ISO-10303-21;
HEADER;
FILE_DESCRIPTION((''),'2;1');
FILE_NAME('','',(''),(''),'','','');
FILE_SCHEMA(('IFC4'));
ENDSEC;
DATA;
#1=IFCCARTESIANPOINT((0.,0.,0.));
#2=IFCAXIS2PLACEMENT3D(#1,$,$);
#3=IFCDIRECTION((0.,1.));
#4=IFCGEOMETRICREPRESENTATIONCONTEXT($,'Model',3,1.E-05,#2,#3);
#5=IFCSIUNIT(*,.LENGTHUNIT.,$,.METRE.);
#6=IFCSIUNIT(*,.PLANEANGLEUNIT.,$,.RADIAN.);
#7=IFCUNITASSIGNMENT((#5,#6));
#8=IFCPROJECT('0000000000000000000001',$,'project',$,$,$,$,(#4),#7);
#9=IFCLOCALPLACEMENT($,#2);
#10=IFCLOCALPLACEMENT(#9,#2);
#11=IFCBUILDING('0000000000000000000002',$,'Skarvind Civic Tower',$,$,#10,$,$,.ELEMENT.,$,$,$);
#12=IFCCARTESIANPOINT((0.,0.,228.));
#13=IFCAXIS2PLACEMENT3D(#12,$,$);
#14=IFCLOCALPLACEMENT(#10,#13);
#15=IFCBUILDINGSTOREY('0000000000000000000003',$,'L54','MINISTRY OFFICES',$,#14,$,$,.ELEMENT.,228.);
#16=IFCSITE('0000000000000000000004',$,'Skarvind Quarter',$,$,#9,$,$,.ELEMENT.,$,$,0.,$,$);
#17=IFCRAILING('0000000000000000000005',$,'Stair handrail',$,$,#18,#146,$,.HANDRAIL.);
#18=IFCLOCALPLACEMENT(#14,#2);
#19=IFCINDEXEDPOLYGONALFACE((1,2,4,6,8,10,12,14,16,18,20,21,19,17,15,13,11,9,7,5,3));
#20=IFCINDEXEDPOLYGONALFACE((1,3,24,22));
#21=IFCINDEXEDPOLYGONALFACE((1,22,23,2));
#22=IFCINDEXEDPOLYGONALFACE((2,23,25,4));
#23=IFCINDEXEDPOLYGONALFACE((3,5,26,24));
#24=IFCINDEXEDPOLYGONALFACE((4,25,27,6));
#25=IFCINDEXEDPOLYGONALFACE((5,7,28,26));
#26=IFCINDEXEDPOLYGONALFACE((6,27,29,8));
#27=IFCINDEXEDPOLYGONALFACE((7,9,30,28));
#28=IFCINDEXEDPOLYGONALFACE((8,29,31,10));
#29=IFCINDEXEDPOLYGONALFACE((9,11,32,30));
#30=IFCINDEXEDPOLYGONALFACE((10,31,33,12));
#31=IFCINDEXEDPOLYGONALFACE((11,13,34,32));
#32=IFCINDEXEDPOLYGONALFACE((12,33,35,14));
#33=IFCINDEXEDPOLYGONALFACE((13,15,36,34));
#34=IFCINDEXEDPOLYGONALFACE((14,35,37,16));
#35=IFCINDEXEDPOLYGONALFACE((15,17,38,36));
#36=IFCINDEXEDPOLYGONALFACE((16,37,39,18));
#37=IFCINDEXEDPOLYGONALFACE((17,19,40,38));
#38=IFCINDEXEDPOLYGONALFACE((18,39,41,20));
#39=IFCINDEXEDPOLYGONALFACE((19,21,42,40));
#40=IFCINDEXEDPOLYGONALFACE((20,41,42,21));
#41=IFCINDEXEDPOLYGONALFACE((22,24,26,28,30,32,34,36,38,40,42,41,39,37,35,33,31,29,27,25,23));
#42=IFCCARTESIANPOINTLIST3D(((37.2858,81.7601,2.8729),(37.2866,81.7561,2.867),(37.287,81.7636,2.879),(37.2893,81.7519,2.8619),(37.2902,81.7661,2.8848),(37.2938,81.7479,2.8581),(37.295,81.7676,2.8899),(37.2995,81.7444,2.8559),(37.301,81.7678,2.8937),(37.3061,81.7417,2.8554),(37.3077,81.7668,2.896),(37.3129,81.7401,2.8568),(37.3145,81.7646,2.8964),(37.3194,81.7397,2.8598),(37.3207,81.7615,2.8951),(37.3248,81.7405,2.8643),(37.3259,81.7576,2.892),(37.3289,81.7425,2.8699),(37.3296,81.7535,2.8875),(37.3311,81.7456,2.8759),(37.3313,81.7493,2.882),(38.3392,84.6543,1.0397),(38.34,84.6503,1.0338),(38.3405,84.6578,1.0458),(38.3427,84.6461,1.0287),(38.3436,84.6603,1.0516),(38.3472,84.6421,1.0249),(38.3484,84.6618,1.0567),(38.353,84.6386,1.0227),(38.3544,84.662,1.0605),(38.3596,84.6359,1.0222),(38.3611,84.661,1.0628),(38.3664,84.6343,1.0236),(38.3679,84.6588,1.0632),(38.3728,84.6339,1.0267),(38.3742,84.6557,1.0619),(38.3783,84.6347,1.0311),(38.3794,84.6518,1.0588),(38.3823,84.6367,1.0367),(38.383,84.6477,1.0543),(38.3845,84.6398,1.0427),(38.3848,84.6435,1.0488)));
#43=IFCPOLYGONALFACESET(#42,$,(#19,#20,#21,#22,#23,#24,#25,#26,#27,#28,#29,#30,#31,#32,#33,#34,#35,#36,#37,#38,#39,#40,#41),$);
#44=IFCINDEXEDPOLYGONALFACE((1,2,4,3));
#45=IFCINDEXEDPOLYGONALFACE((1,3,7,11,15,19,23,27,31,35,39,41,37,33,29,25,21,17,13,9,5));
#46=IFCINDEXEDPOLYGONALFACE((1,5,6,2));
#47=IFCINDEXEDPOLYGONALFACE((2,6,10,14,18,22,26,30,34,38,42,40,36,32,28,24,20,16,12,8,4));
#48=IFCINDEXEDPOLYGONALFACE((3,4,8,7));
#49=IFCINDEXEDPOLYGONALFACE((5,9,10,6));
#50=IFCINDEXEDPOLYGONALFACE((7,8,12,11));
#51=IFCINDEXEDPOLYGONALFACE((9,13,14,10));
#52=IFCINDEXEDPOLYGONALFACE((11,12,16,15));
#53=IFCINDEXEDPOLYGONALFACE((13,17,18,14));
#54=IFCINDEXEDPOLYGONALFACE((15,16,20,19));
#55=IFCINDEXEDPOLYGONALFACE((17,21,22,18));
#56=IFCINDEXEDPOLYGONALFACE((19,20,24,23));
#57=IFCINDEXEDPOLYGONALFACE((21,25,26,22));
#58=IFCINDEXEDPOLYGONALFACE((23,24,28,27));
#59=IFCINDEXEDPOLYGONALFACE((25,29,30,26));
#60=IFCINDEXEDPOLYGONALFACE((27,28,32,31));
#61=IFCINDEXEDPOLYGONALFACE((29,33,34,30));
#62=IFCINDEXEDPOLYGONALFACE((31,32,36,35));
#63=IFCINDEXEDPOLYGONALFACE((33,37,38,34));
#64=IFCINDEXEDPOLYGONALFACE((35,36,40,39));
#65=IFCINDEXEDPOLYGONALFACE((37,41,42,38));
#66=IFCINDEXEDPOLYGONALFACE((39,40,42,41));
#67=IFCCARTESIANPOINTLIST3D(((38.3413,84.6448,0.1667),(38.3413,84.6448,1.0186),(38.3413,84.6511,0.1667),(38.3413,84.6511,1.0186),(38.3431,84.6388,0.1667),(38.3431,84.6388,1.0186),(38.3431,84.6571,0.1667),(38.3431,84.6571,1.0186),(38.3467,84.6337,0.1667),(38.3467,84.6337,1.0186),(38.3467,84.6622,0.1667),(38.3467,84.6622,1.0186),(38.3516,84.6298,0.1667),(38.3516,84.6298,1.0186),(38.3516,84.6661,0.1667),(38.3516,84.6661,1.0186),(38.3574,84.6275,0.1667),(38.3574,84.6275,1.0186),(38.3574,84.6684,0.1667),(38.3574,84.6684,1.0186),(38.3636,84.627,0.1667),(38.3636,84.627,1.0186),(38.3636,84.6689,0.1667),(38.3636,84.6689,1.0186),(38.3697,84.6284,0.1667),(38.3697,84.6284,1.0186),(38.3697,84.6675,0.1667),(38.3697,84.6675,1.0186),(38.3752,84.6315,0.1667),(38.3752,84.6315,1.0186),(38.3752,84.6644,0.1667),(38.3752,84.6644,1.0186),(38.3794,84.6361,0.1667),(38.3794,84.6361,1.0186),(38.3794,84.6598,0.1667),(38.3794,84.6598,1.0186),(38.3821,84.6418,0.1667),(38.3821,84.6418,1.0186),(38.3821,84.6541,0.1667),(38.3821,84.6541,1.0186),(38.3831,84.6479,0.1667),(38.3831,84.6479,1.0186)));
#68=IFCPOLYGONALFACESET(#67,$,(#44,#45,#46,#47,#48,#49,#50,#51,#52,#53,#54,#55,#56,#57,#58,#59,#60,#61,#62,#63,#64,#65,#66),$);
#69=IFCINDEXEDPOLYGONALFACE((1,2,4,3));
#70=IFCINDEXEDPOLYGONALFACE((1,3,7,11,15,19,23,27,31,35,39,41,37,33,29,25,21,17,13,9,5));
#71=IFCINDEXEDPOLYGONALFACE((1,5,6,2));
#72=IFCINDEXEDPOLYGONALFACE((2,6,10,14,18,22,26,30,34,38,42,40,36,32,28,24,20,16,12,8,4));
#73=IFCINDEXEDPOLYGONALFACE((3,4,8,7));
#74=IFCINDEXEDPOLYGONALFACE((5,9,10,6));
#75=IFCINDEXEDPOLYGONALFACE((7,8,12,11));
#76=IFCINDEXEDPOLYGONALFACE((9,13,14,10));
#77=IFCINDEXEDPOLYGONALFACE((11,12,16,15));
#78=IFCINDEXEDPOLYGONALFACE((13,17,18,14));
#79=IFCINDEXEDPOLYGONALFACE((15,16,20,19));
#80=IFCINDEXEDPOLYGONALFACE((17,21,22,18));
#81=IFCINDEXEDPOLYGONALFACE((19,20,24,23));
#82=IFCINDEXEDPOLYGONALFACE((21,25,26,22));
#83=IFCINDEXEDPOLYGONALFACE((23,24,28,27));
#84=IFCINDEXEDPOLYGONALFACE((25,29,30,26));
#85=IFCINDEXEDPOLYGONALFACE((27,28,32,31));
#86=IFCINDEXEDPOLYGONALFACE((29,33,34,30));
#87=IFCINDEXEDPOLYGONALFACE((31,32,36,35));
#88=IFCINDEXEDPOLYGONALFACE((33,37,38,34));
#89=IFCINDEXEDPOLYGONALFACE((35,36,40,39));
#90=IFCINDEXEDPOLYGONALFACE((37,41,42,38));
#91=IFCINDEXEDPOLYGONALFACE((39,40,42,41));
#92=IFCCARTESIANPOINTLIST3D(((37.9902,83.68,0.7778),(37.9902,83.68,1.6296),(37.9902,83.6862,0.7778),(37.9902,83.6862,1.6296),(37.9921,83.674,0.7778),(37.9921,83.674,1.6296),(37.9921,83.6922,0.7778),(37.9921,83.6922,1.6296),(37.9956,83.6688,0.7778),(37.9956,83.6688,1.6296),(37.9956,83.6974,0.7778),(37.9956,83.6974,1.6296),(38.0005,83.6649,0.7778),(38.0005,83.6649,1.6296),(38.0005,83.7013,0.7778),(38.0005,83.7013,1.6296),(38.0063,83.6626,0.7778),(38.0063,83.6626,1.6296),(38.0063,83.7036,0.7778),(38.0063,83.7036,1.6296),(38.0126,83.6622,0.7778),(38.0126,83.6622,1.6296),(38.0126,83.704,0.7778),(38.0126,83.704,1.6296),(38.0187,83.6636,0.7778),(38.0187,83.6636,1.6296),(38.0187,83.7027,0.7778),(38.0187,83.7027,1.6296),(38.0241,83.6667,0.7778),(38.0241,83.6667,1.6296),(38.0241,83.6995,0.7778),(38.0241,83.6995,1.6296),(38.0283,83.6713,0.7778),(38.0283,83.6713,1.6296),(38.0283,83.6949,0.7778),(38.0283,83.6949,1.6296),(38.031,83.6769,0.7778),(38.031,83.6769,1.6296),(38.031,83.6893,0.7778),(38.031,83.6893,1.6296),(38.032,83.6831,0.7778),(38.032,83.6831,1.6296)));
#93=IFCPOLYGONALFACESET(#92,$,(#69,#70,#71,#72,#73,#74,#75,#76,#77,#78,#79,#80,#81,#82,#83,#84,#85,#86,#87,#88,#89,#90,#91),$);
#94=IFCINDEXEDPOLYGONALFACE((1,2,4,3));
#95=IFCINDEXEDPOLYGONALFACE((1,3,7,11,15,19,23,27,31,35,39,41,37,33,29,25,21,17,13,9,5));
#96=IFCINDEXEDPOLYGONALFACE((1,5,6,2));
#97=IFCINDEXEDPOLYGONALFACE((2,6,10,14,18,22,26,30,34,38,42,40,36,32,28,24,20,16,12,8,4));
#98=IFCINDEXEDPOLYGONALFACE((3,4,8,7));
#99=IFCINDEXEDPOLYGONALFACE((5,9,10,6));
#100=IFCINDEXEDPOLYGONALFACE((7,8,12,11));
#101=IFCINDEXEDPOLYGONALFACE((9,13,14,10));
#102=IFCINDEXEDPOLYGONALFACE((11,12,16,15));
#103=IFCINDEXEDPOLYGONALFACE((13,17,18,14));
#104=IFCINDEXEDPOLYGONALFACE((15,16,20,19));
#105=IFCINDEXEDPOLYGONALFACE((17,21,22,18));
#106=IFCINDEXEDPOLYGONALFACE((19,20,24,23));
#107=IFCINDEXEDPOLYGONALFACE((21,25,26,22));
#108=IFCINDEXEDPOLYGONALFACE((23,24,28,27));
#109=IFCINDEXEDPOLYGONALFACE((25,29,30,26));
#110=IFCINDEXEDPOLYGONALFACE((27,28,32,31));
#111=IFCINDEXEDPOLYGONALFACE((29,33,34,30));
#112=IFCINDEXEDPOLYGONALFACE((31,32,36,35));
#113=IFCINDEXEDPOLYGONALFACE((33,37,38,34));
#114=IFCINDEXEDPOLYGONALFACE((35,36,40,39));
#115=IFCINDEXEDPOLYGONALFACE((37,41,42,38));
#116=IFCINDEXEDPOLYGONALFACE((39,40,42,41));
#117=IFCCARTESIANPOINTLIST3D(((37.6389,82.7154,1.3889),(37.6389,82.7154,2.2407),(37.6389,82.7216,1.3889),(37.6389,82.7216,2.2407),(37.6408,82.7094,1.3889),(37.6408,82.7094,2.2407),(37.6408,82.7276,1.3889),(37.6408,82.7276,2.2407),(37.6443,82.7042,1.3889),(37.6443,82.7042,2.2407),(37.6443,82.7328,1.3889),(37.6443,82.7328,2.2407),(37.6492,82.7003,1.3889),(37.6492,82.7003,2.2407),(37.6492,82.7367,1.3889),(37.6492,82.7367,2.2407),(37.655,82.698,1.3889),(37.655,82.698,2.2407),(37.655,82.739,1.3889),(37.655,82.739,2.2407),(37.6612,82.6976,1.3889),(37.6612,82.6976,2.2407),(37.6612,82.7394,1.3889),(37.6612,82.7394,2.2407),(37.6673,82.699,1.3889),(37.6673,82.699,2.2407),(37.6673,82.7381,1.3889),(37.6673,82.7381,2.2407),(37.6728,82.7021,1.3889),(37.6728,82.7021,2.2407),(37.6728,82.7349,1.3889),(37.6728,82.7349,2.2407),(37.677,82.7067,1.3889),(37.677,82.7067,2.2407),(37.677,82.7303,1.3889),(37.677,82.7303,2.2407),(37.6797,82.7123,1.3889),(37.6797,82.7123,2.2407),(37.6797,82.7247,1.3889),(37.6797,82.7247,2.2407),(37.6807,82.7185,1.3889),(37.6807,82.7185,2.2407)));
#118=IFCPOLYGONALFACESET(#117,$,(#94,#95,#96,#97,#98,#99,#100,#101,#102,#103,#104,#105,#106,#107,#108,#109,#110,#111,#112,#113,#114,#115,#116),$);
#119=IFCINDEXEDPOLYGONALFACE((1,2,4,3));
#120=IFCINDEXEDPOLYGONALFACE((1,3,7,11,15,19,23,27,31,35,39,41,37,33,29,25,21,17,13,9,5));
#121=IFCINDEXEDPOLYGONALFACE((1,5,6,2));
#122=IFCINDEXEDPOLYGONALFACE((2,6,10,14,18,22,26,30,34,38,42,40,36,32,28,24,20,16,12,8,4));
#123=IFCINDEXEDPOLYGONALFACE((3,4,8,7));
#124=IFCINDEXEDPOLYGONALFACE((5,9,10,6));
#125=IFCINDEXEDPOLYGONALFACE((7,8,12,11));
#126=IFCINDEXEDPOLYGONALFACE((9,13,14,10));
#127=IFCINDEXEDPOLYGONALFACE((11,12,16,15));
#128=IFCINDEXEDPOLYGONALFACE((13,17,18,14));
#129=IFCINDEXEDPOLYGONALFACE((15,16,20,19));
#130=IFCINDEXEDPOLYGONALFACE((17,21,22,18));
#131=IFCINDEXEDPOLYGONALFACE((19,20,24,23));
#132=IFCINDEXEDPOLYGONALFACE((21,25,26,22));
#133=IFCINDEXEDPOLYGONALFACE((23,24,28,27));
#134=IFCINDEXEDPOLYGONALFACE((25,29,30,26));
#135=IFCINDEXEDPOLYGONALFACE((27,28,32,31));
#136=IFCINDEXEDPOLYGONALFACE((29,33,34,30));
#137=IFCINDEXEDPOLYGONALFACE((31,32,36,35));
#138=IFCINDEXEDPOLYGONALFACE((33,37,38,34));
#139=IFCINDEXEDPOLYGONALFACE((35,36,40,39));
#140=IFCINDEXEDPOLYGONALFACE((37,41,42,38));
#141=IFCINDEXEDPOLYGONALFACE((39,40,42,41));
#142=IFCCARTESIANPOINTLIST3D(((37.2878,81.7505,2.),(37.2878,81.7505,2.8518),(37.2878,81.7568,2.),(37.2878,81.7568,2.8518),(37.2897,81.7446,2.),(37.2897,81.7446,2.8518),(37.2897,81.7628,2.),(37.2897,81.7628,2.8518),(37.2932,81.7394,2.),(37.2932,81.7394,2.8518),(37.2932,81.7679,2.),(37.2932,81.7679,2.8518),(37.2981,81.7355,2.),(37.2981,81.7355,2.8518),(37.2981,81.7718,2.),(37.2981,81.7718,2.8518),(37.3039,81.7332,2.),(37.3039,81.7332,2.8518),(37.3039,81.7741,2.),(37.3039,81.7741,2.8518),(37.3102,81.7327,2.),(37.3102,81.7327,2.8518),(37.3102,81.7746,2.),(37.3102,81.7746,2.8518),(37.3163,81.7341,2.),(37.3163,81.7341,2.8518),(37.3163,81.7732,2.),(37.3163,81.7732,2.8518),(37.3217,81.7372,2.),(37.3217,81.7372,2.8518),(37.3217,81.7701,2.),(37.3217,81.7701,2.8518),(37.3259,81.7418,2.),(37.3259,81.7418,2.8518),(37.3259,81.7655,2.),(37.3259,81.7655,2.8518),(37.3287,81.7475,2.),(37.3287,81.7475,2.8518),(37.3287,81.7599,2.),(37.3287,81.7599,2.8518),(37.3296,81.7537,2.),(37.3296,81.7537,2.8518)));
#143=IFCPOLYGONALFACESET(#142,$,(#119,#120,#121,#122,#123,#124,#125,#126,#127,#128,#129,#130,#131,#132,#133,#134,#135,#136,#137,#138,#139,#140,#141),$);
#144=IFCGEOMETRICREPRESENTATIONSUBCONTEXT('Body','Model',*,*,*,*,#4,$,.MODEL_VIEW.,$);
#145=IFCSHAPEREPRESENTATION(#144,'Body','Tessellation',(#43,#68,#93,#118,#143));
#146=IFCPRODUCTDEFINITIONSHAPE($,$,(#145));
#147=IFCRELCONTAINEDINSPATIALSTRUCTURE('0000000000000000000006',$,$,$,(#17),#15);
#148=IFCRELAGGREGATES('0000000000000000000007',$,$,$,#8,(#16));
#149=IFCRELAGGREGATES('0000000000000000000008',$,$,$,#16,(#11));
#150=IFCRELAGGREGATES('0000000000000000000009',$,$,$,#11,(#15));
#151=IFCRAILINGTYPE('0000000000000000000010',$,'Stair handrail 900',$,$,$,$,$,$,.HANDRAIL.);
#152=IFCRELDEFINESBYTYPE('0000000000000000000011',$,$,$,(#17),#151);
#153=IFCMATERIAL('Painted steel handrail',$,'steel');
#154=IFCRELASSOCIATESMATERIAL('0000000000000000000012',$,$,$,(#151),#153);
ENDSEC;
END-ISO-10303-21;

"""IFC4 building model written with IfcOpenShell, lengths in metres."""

from ifc_helpers import new_model, si_unit, direction, frame, origin, origin_2d, place, context, subcontext, project, spatial, circle, extrude, material, type_object, element, save


model = new_model("IFC4")

# Units and contexts
model_context = context("Model", 3, precision=1e-05, world=origin(), true_north=direction((0.0, 1.0)))
body_context = subcontext(model_context, "Body", "Model", "MODEL_VIEW")
ifc_project = project(units=[si_unit("LENGTHUNIT", "METRE"), si_unit("PLANEANGLEUNIT", "RADIAN")], contexts=[model_context])

# Site, building, storey
site_placement = place(None, origin())
site = spatial("IfcSite", under=ifc_project, at=site_placement, Name="Skarvind Quarter", CompositionType="ELEMENT", RefElevation=0.0)
building_placement = place(site_placement, origin())
building = spatial("IfcBuilding", under=site, at=building_placement, Name="Skarvind Civic Tower", CompositionType="ELEMENT")
storey_placement = place(building_placement, frame((0.0, 0.0, 228.0)))
storey = spatial("IfcBuildingStorey", under=building, at=storey_placement, Name="L54", Description="MINISTRY OFFICES", CompositionType="ELEMENT", Elevation=228.0)

# Railing
ifc_material_1 = material(Name="Painted steel handrail", Category="steel")
railing_type = type_object("IfcRailingType", Name="Stair handrail 900", PredefinedType="HANDRAIL", material=ifc_material_1)
railing_placement = place(storey_placement, frame((38.3621, 84.6479, 0.1667)))
element("IfcRailing", 1, at=railing_placement, inside=storey, type_object=railing_type, Name="Stair handrail", PredefinedType="HANDRAIL", context=body_context, shape_type="SweptSolid", body=[
    extrude(circle(Radius=0.0239, at=origin_2d()), frame((0.0, 0.0, 0.876), z_axis=(-0.293908, -0.807481, 0.511461), x_axis=(0.939689, -0.342029, 0.0)), (0.0, 0.0, 1.0), 3.5842),
    extrude(circle(Radius=0.021, at=origin_2d()), origin(), (0.0, 0.0, 1.0), 0.8518),
    extrude(circle(Radius=0.021, at=origin_2d()), frame((-0.3511, -0.9648, 0.6111)), (0.0, 0.0, 1.0), 0.8518),
    extrude(circle(Radius=0.021, at=origin_2d()), frame((-0.7024, -1.9294, 1.2222)), (0.0, 0.0, 1.0), 0.8518),
    extrude(circle(Radius=0.021, at=origin_2d()), frame((-1.0535, -2.8943, 1.8333)), (0.0, 0.0, 1.0), 0.8518),
])

save(model, "model.ifc")
